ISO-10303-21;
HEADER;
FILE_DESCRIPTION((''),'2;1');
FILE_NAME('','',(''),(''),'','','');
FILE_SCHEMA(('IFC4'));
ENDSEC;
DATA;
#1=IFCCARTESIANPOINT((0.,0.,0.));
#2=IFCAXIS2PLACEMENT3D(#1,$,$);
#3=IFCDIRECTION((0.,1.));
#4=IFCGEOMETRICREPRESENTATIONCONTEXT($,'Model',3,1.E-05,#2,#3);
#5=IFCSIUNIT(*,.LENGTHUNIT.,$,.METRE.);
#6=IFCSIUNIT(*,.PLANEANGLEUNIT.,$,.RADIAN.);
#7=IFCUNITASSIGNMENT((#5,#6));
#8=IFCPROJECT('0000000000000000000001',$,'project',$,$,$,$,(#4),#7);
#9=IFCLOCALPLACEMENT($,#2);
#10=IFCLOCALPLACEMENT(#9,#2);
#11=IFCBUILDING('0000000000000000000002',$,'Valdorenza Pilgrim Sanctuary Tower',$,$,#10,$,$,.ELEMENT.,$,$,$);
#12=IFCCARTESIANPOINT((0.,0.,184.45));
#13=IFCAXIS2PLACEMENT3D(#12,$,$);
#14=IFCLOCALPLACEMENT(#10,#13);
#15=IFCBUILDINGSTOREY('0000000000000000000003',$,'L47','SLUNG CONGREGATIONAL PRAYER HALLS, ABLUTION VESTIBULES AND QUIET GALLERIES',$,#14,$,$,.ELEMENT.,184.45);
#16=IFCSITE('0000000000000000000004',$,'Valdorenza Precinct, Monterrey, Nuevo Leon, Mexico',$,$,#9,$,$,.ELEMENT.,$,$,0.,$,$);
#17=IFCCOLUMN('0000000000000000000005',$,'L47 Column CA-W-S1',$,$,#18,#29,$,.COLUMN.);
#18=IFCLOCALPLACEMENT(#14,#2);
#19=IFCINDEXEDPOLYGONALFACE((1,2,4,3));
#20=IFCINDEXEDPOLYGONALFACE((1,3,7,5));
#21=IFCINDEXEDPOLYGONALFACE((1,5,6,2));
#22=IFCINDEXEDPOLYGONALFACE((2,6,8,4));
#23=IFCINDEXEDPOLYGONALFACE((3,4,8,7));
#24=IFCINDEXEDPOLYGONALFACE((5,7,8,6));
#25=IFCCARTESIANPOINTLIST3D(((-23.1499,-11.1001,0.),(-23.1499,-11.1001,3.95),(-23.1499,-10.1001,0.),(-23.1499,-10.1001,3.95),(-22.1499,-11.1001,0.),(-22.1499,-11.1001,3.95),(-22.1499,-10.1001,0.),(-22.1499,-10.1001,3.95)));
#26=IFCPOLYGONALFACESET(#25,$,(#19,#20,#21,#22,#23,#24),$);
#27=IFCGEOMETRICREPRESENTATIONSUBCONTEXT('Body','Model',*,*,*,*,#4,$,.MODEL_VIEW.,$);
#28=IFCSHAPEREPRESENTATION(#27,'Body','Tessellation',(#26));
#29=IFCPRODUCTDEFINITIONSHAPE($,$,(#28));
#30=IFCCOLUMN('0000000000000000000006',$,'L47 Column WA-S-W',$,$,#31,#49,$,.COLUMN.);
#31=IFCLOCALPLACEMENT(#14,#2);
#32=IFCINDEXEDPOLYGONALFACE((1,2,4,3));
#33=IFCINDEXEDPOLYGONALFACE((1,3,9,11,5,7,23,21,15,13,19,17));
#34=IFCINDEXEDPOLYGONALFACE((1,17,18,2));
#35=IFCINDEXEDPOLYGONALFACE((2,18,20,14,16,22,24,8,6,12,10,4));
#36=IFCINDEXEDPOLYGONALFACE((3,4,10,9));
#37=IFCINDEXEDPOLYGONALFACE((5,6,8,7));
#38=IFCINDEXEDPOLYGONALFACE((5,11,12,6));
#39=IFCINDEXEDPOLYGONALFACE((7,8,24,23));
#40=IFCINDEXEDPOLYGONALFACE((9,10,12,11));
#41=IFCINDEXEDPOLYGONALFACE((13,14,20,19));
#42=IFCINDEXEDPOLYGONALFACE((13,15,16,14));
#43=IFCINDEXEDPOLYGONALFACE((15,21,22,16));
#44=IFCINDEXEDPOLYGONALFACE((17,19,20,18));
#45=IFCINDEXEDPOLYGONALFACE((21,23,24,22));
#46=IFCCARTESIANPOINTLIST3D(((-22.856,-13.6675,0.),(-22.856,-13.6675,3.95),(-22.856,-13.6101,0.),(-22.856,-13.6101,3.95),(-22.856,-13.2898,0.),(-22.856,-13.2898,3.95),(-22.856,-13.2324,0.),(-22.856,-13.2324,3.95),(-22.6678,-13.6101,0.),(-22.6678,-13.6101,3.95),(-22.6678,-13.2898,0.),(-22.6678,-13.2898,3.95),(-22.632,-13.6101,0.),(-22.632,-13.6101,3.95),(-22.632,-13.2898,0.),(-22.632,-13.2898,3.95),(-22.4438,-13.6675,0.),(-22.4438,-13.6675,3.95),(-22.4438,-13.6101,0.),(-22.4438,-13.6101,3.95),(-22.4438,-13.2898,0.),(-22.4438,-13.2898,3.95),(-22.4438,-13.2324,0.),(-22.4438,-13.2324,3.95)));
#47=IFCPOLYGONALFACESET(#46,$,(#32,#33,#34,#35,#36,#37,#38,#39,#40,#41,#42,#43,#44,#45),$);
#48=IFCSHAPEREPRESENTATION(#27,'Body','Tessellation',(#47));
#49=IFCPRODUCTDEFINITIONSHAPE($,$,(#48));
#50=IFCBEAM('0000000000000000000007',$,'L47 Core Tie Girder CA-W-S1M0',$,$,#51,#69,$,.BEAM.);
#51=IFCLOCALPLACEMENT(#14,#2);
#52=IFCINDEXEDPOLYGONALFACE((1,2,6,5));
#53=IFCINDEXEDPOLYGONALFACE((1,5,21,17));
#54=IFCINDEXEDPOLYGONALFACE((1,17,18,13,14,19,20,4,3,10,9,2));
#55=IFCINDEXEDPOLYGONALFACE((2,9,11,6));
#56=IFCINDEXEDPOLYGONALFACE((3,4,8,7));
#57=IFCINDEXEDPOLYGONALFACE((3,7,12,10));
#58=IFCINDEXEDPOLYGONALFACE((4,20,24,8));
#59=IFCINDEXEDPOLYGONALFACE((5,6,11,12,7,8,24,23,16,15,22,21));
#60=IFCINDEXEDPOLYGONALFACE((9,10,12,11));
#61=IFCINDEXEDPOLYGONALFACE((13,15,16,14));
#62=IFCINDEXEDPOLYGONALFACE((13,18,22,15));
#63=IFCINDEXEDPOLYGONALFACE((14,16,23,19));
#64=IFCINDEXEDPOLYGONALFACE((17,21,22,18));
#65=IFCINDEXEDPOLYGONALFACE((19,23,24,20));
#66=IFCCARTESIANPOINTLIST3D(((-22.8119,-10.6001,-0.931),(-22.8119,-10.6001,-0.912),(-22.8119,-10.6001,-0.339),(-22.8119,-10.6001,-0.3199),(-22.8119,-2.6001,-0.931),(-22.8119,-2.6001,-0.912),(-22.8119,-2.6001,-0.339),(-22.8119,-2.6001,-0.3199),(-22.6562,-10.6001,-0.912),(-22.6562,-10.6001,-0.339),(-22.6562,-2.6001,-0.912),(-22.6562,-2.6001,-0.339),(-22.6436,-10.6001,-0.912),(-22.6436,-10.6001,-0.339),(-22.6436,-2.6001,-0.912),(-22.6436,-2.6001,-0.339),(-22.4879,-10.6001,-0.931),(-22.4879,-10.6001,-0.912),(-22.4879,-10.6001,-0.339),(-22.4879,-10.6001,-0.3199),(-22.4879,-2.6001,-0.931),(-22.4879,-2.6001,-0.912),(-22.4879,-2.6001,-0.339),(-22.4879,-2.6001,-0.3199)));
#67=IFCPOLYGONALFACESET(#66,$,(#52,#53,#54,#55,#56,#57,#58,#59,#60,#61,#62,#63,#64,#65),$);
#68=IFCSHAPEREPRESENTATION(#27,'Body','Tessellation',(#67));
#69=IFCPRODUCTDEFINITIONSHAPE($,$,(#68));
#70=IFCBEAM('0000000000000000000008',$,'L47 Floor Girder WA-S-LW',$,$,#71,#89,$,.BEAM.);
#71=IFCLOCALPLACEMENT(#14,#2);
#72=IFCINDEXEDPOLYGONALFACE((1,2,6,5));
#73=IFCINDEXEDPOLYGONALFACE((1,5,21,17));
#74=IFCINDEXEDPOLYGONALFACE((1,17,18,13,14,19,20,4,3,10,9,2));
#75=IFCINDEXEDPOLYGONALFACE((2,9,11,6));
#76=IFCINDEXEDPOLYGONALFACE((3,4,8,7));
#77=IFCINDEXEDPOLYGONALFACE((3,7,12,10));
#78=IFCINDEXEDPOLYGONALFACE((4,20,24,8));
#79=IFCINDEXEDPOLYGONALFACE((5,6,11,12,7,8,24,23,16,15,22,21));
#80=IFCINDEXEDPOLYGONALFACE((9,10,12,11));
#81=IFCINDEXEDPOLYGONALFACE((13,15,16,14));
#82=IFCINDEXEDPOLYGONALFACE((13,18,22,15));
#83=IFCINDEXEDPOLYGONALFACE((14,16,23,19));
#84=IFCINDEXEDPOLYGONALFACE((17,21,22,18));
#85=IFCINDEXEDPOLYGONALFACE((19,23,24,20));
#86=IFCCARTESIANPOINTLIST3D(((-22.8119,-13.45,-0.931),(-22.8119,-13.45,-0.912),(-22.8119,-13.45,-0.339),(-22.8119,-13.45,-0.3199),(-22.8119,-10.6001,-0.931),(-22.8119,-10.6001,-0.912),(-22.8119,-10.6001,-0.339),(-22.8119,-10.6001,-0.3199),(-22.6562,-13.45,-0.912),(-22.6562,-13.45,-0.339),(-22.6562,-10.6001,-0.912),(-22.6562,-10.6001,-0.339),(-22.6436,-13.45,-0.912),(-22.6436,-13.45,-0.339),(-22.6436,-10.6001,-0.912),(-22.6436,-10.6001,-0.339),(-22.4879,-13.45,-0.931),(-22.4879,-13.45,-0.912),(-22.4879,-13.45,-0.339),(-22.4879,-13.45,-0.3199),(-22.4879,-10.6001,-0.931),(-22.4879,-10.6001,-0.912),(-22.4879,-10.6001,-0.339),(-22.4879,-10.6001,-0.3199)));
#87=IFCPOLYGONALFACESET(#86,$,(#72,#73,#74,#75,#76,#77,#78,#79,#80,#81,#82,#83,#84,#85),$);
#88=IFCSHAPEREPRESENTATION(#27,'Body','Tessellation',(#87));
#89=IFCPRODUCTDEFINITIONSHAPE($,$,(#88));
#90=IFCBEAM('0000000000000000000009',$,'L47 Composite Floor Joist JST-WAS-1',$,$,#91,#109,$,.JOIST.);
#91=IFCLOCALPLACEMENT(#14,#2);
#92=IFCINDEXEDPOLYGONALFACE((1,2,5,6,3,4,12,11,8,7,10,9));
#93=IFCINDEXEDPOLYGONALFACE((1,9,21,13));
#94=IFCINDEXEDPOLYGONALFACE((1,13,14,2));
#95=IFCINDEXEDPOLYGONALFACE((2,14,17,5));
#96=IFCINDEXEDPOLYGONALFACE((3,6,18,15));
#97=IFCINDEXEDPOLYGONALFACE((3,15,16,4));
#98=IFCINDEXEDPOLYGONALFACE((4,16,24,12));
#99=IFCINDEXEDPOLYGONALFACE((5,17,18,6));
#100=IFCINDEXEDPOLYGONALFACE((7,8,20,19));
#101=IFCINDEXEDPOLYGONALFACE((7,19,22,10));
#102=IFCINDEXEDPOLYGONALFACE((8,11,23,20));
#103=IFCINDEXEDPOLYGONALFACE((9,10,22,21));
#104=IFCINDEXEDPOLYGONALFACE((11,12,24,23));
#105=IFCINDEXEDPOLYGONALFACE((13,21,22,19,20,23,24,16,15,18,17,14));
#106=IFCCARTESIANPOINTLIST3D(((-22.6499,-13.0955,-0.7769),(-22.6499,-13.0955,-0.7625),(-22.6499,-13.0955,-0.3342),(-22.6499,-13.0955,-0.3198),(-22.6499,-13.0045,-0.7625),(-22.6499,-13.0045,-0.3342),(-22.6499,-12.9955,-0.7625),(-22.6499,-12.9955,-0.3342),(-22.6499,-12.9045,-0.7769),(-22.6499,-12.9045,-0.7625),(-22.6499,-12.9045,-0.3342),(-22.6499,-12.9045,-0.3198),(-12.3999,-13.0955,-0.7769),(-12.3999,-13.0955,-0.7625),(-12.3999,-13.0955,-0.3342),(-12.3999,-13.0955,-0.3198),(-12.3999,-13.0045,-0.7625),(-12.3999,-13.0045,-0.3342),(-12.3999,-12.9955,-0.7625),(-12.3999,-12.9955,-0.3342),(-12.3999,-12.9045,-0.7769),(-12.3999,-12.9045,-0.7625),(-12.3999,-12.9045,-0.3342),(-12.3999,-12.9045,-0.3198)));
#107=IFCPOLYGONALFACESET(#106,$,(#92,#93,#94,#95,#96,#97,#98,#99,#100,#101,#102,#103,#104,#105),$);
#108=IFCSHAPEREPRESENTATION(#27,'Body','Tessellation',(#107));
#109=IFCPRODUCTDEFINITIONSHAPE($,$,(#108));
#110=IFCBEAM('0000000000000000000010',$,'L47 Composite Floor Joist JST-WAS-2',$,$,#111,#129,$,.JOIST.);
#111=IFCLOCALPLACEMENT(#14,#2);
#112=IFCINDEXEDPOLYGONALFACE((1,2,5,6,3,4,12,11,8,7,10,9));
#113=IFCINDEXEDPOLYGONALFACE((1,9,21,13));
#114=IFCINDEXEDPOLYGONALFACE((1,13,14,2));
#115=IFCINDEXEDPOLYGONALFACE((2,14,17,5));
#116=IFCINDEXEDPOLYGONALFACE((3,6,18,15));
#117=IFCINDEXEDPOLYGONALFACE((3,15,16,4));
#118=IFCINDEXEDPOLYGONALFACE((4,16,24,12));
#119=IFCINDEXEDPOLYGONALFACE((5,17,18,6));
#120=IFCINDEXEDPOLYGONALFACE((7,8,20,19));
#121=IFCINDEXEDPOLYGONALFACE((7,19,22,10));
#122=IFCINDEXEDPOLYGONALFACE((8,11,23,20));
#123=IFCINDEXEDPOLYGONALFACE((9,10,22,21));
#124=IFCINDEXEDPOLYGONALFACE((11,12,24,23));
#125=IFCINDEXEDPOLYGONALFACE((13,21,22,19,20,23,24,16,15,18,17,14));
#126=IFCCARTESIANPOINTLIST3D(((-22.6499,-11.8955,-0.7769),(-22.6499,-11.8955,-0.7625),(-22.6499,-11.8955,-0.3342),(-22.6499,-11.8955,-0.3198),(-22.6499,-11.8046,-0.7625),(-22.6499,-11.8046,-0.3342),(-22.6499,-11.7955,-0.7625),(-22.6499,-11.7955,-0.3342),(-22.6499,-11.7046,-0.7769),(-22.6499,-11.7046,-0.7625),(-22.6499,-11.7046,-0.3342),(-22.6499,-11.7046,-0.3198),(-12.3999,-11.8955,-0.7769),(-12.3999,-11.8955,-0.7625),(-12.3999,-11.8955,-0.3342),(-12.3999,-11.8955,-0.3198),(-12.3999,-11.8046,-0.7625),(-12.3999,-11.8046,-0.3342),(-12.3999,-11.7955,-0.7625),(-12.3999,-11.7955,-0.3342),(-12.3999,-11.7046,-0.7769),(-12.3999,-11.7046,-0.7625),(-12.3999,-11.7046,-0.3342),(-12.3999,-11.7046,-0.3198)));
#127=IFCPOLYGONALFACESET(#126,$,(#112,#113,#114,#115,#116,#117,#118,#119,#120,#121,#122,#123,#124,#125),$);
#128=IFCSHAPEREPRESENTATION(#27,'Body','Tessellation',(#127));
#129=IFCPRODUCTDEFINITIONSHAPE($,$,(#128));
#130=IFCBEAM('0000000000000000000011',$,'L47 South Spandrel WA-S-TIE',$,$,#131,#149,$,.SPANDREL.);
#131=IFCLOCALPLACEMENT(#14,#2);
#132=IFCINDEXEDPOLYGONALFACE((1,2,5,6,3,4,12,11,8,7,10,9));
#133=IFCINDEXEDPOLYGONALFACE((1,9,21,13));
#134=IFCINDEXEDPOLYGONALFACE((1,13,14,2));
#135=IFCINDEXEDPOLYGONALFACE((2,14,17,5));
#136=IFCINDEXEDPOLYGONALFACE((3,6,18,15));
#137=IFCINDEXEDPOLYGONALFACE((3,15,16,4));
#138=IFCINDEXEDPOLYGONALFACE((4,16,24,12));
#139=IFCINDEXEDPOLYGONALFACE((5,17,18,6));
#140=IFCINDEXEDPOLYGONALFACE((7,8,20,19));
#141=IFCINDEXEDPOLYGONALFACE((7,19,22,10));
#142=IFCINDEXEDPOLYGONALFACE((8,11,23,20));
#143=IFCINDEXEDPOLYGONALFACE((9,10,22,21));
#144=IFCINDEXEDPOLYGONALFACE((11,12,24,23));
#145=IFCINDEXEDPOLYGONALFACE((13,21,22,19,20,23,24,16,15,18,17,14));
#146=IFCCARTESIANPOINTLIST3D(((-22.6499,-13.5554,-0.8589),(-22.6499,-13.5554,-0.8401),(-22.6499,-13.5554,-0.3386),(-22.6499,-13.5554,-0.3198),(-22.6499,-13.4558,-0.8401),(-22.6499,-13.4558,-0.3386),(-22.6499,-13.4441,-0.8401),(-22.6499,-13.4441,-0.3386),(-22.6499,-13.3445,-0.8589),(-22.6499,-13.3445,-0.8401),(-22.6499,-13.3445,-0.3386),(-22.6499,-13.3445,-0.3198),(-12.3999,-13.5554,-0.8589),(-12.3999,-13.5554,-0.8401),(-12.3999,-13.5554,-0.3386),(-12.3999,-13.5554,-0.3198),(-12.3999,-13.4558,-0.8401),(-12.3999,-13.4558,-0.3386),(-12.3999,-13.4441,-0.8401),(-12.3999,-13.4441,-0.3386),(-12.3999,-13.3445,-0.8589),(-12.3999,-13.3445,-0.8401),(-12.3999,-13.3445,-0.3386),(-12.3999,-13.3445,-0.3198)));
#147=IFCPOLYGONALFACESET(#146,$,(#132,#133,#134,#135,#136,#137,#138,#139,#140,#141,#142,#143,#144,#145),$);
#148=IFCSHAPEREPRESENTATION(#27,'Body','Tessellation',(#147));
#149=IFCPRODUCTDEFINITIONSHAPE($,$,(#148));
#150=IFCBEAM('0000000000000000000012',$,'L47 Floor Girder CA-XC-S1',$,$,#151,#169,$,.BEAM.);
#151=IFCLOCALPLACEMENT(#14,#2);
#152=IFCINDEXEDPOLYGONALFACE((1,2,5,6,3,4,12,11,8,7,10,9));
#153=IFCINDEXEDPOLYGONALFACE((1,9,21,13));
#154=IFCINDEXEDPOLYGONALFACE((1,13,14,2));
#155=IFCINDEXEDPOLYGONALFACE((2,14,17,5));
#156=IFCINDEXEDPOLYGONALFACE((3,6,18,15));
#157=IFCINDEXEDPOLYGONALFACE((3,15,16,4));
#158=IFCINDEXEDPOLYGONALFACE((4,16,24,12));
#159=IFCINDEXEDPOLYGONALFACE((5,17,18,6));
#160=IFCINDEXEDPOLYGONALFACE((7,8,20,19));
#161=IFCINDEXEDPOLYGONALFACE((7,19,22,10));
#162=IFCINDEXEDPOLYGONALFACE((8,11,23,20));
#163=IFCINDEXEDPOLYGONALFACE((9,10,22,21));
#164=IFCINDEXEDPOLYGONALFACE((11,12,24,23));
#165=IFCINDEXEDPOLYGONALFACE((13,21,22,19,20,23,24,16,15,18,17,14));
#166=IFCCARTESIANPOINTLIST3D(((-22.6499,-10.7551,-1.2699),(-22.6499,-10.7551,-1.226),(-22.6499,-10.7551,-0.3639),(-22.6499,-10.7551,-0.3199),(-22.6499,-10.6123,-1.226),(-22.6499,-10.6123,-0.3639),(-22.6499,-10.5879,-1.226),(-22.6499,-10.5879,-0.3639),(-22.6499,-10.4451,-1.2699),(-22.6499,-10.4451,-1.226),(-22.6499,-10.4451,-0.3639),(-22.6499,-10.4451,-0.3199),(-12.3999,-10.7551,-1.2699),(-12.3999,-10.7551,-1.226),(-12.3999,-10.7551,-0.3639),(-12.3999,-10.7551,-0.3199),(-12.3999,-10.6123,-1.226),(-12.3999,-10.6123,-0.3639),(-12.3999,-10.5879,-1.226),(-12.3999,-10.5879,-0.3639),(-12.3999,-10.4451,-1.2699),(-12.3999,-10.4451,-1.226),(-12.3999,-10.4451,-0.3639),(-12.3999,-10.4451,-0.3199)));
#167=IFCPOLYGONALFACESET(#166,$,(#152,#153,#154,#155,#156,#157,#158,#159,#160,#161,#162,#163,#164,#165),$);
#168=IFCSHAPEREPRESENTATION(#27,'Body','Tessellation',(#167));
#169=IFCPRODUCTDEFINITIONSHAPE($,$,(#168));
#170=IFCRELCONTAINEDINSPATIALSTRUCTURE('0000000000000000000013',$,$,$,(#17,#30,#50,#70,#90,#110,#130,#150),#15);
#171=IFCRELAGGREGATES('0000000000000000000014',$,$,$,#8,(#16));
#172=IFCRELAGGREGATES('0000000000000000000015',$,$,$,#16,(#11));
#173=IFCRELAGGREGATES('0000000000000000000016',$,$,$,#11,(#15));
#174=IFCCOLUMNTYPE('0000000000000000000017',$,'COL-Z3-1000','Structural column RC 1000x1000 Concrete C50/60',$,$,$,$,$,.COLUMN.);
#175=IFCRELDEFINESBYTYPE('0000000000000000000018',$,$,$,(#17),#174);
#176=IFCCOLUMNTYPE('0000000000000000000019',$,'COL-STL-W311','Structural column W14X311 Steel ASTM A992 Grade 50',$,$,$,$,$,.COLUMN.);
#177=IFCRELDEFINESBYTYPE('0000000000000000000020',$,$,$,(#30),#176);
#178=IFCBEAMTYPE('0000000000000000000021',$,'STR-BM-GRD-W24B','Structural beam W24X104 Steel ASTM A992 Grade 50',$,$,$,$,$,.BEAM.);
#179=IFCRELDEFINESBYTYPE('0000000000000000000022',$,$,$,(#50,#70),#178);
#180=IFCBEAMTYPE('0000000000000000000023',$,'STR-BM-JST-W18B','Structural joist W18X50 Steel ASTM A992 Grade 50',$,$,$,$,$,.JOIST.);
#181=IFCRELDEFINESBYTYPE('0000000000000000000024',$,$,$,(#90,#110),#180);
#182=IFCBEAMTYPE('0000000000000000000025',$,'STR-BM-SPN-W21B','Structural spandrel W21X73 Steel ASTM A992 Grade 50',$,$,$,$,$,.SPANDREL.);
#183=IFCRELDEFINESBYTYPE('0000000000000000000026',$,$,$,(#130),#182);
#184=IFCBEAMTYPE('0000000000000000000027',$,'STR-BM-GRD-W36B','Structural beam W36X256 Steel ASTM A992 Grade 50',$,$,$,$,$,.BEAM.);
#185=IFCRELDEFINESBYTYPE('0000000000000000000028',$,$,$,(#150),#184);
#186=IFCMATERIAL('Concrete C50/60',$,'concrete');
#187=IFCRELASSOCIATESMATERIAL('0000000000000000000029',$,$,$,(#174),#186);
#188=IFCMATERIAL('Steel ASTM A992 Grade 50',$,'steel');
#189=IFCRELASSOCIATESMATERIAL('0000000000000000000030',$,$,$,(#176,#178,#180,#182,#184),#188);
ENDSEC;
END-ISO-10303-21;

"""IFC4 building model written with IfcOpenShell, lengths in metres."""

from ifc_helpers import new_model, si_unit, direction, frame, origin, origin_2d, place, context, subcontext, project, spatial, rectangle, i_section, extrude, source, transform, mapped, material, material_profile, profile_set, type_object, element, save


model = new_model("IFC4")

# Units and contexts
model_context = context("Model", 3, precision=1e-05, world=origin(), true_north=direction((0.0, 1.0)))
body_context = subcontext(model_context, "Body", "Model", "MODEL_VIEW")
ifc_project = project(units=[si_unit("LENGTHUNIT", "METRE"), si_unit("PLANEANGLEUNIT", "RADIAN")], contexts=[model_context])

# Site, building, storey
site_placement = place(None, origin())
site = spatial("IfcSite", under=ifc_project, at=site_placement, Name="Valdorenza Precinct, Monterrey, Nuevo Leon, Mexico", CompositionType="ELEMENT", RefElevation=0.0)
building_placement = place(site_placement, origin())
building = spatial("IfcBuilding", under=site, at=building_placement, Name="Valdorenza Pilgrim Sanctuary Tower", CompositionType="ELEMENT")
storey_placement = place(building_placement, frame((0.0, 0.0, 184.45)))
storey = spatial("IfcBuildingStorey", under=building, at=storey_placement, Name="L47", Description="SLUNG CONGREGATIONAL PRAYER HALLS, ABLUTION VESTIBULES AND QUIET GALLERIES", CompositionType="ELEMENT", Elevation=184.45)

# Columns
ifc_material_1 = material(Name="Concrete C50/60", Category="concrete")
ifc_material_profile_1 = material_profile(ifc_material_1, rectangle(XDim=1.0, YDim=1.0, at=origin_2d()), Name="RC 1000x1000")
ifc_profile_set_1 = profile_set([ifc_material_profile_1], Name="Concrete C50/60")
column_type_1 = type_object("IfcColumnType", Name="COL-Z3-1000", Description="Structural column RC 1000x1000 Concrete C50/60", PredefinedType="COLUMN", material=ifc_profile_set_1)
shared_shape_1 = source(origin(), body_context, "Body", "SweptSolid", [
    extrude(rectangle(XDim=1.0, YDim=1.0, at=origin_2d()), origin(), (0.0, 0.0, 1.0), 3.95),
])
column_1_placement = place(storey_placement, frame((-22.6499, -10.6001, 0.0), z_axis=(0.0, 0.0, 1.0), x_axis=(1.0, 0.0, 0.0)))
element("IfcColumn", 1, at=column_1_placement, inside=storey, type_object=column_type_1, Name="L47 Column CA-W-S1", PredefinedType="COLUMN", context=body_context, shape_type="MappedRepresentation", body=[
    mapped(shared_shape_1, transform((0.0, 0.0, 0.0), x_axis=(1.0, 0.0, 0.0), y_axis=(0.0, 1.0, 0.0), z_axis=(0.0, 0.0, 1.0), scale=1.0)),
])
ifc_material_2 = material(Name="Steel ASTM A992 Grade 50", Category="steel")
ifc_material_profile_2 = material_profile(ifc_material_2, i_section(OverallWidth=0.4121, OverallDepth=0.4351, WebThickness=0.0359, FlangeThickness=0.0574, at=origin_2d()), Name="W14X311")
ifc_profile_set_2 = profile_set([ifc_material_profile_2], Name="Steel ASTM A992 Grade 50")
column_type_2 = type_object("IfcColumnType", Name="COL-STL-W311", Description="Structural column W14X311 Steel ASTM A992 Grade 50", PredefinedType="COLUMN", material=ifc_profile_set_2)
shared_shape_2 = source(origin(), body_context, "Body", "SweptSolid", [
    extrude(i_section(OverallWidth=0.4121, OverallDepth=0.4351, WebThickness=0.0359, FlangeThickness=0.0574, at=origin_2d()), origin(), (0.0, 0.0, 1.0), 3.95),
])
column_2_placement = place(storey_placement, frame((-22.6499, -13.45, 0.0), z_axis=(0.0, 0.0, 1.0), x_axis=(1.0, 0.0, 0.0)))
element("IfcColumn", 2, at=column_2_placement, inside=storey, type_object=column_type_2, Name="L47 Column WA-S-W", PredefinedType="COLUMN", context=body_context, shape_type="MappedRepresentation", body=[
    mapped(shared_shape_2, transform((0.0, 0.0, 0.0), x_axis=(1.0, 0.0, 0.0), y_axis=(0.0, 1.0, 0.0), z_axis=(0.0, 0.0, 1.0), scale=1.0)),
])

# Beams
ifc_material_profile_3 = material_profile(ifc_material_2, i_section(OverallWidth=0.324, OverallDepth=0.6111, WebThickness=0.0127, FlangeThickness=0.019, at=origin_2d()), Name="W24X104")
ifc_profile_set_3 = profile_set([ifc_material_profile_3], Name="Steel ASTM A992 Grade 50")
beam_type_1 = type_object("IfcBeamType", Name="STR-BM-GRD-W24B", Description="Structural beam W24X104 Steel ASTM A992 Grade 50", PredefinedType="BEAM", material=ifc_profile_set_3)
shared_shape_3 = source(origin(), body_context, "Body", "SweptSolid", [
    extrude(i_section(OverallWidth=0.324, OverallDepth=0.6111, WebThickness=0.0127, FlangeThickness=0.019, at=origin_2d()), origin(), (0.0, 0.0, 1.0), 8.0),
])
beam_1_placement = place(storey_placement, frame((-22.6499, -10.6001, -0.6255), z_axis=(0.0, 1.0, 0.0), x_axis=(-1.0, 0.0, 0.0)))
element("IfcBeam", 3, at=beam_1_placement, inside=storey, type_object=beam_type_1, Name="L47 Core Tie Girder CA-W-S1M0", PredefinedType="BEAM", context=body_context, shape_type="MappedRepresentation", body=[
    mapped(shared_shape_3, transform((0.0, 0.0, 0.0), x_axis=(1.0, 0.0, 0.0), y_axis=(0.0, 1.0, 0.0), z_axis=(0.0, 0.0, 1.0), scale=1.0)),
])
shared_shape_4 = source(origin(), body_context, "Body", "SweptSolid", [
    extrude(i_section(OverallWidth=0.324, OverallDepth=0.6111, WebThickness=0.0127, FlangeThickness=0.019, at=origin_2d()), origin(), (0.0, 0.0, 1.0), 2.8499),
])
beam_2_placement = place(storey_placement, frame((-22.6499, -13.45, -0.6255), z_axis=(0.0, 1.0, 0.0), x_axis=(-1.0, 0.0, 0.0)))
element("IfcBeam", 4, at=beam_2_placement, inside=storey, type_object=beam_type_1, Name="L47 Floor Girder WA-S-LW", PredefinedType="BEAM", context=body_context, shape_type="MappedRepresentation", body=[
    mapped(shared_shape_4, transform((0.0, 0.0, 0.0), x_axis=(1.0, 0.0, 0.0), y_axis=(0.0, 1.0, 0.0), z_axis=(0.0, 0.0, 1.0), scale=1.0)),
])
ifc_material_profile_4 = material_profile(ifc_material_2, i_section(OverallWidth=0.1909, OverallDepth=0.457, WebThickness=0.009, FlangeThickness=0.0144, at=origin_2d()), Name="W18X50")
ifc_profile_set_4 = profile_set([ifc_material_profile_4], Name="Steel ASTM A992 Grade 50")
beam_type_2 = type_object("IfcBeamType", Name="STR-BM-JST-W18B", Description="Structural joist W18X50 Steel ASTM A992 Grade 50", PredefinedType="JOIST", material=ifc_profile_set_4)
shared_shape_5 = source(origin(), body_context, "Body", "SweptSolid", [
    extrude(i_section(OverallWidth=0.1909, OverallDepth=0.457, WebThickness=0.009, FlangeThickness=0.0144, at=origin_2d()), origin(), (0.0, 0.0, 1.0), 10.25),
])
for number, where, z_axis, x_axis, name in (
    (5, (-22.6499, -13.0, -0.5483), (1.0, 0.0, 0.0), (0.0, 1.0, 0.0), "L47 Composite Floor Joist JST-WAS-1"),
    (6, (-22.6499, -11.8, -0.5483), (1.0, 0.0, 0.0), (0.0, 1.0, 0.0), "L47 Composite Floor Joist JST-WAS-2"),
):
    element("IfcBeam", number, at=place(storey_placement, frame(where, z_axis=z_axis, x_axis=x_axis)), inside=storey, type_object=beam_type_2, Name=name, PredefinedType="JOIST", context=body_context, shape_type="MappedRepresentation", body=[
        mapped(shared_shape_5, transform((0.0, 0.0, 0.0), x_axis=(1.0, 0.0, 0.0), y_axis=(0.0, 1.0, 0.0), z_axis=(0.0, 0.0, 1.0), scale=1.0)),
    ])
ifc_material_profile_5 = material_profile(ifc_material_2, i_section(OverallWidth=0.2109, OverallDepth=0.5391, WebThickness=0.0117, FlangeThickness=0.0188, at=origin_2d()), Name="W21X73")
ifc_profile_set_5 = profile_set([ifc_material_profile_5], Name="Steel ASTM A992 Grade 50")
beam_type_3 = type_object("IfcBeamType", Name="STR-BM-SPN-W21B", Description="Structural spandrel W21X73 Steel ASTM A992 Grade 50", PredefinedType="SPANDREL", material=ifc_profile_set_5)
shared_shape_6 = source(origin(), body_context, "Body", "SweptSolid", [
    extrude(i_section(OverallWidth=0.2109, OverallDepth=0.5391, WebThickness=0.0117, FlangeThickness=0.0188, at=origin_2d()), origin(), (0.0, 0.0, 1.0), 10.25),
])
beam_3_placement = place(storey_placement, frame((-22.6499, -13.45, -0.5894), z_axis=(1.0, 0.0, 0.0), x_axis=(0.0, 1.0, 0.0)))
element("IfcBeam", 7, at=beam_3_placement, inside=storey, type_object=beam_type_3, Name="L47 South Spandrel WA-S-TIE", PredefinedType="SPANDREL", context=body_context, shape_type="MappedRepresentation", body=[
    mapped(shared_shape_6, transform((0.0, 0.0, 0.0), x_axis=(1.0, 0.0, 0.0), y_axis=(0.0, 1.0, 0.0), z_axis=(0.0, 0.0, 1.0), scale=1.0)),
])
ifc_material_profile_6 = material_profile(ifc_material_2, i_section(OverallWidth=0.3101, OverallDepth=0.95, WebThickness=0.0244, FlangeThickness=0.0439, at=origin_2d()), Name="W36X256")
ifc_profile_set_6 = profile_set([ifc_material_profile_6], Name="Steel ASTM A992 Grade 50")
beam_type_4 = type_object("IfcBeamType", Name="STR-BM-GRD-W36B", Description="Structural beam W36X256 Steel ASTM A992 Grade 50", PredefinedType="BEAM", material=ifc_profile_set_6)
shared_shape_7 = source(origin(), body_context, "Body", "SweptSolid", [
    extrude(i_section(OverallWidth=0.3101, OverallDepth=0.95, WebThickness=0.0244, FlangeThickness=0.0439, at=origin_2d()), origin(), (0.0, 0.0, 1.0), 10.25),
])
beam_4_placement = place(storey_placement, frame((-22.6499, -10.6001, -0.7949), z_axis=(1.0, 0.0, 0.0), x_axis=(0.0, 1.0, 0.0)))
element("IfcBeam", 8, at=beam_4_placement, inside=storey, type_object=beam_type_4, Name="L47 Floor Girder CA-XC-S1", PredefinedType="BEAM", context=body_context, shape_type="MappedRepresentation", body=[
    mapped(shared_shape_7, transform((0.0, 0.0, 0.0), x_axis=(1.0, 0.0, 0.0), y_axis=(0.0, 1.0, 0.0), z_axis=(0.0, 0.0, 1.0), scale=1.0)),
])

save(model, "model.ifc")
